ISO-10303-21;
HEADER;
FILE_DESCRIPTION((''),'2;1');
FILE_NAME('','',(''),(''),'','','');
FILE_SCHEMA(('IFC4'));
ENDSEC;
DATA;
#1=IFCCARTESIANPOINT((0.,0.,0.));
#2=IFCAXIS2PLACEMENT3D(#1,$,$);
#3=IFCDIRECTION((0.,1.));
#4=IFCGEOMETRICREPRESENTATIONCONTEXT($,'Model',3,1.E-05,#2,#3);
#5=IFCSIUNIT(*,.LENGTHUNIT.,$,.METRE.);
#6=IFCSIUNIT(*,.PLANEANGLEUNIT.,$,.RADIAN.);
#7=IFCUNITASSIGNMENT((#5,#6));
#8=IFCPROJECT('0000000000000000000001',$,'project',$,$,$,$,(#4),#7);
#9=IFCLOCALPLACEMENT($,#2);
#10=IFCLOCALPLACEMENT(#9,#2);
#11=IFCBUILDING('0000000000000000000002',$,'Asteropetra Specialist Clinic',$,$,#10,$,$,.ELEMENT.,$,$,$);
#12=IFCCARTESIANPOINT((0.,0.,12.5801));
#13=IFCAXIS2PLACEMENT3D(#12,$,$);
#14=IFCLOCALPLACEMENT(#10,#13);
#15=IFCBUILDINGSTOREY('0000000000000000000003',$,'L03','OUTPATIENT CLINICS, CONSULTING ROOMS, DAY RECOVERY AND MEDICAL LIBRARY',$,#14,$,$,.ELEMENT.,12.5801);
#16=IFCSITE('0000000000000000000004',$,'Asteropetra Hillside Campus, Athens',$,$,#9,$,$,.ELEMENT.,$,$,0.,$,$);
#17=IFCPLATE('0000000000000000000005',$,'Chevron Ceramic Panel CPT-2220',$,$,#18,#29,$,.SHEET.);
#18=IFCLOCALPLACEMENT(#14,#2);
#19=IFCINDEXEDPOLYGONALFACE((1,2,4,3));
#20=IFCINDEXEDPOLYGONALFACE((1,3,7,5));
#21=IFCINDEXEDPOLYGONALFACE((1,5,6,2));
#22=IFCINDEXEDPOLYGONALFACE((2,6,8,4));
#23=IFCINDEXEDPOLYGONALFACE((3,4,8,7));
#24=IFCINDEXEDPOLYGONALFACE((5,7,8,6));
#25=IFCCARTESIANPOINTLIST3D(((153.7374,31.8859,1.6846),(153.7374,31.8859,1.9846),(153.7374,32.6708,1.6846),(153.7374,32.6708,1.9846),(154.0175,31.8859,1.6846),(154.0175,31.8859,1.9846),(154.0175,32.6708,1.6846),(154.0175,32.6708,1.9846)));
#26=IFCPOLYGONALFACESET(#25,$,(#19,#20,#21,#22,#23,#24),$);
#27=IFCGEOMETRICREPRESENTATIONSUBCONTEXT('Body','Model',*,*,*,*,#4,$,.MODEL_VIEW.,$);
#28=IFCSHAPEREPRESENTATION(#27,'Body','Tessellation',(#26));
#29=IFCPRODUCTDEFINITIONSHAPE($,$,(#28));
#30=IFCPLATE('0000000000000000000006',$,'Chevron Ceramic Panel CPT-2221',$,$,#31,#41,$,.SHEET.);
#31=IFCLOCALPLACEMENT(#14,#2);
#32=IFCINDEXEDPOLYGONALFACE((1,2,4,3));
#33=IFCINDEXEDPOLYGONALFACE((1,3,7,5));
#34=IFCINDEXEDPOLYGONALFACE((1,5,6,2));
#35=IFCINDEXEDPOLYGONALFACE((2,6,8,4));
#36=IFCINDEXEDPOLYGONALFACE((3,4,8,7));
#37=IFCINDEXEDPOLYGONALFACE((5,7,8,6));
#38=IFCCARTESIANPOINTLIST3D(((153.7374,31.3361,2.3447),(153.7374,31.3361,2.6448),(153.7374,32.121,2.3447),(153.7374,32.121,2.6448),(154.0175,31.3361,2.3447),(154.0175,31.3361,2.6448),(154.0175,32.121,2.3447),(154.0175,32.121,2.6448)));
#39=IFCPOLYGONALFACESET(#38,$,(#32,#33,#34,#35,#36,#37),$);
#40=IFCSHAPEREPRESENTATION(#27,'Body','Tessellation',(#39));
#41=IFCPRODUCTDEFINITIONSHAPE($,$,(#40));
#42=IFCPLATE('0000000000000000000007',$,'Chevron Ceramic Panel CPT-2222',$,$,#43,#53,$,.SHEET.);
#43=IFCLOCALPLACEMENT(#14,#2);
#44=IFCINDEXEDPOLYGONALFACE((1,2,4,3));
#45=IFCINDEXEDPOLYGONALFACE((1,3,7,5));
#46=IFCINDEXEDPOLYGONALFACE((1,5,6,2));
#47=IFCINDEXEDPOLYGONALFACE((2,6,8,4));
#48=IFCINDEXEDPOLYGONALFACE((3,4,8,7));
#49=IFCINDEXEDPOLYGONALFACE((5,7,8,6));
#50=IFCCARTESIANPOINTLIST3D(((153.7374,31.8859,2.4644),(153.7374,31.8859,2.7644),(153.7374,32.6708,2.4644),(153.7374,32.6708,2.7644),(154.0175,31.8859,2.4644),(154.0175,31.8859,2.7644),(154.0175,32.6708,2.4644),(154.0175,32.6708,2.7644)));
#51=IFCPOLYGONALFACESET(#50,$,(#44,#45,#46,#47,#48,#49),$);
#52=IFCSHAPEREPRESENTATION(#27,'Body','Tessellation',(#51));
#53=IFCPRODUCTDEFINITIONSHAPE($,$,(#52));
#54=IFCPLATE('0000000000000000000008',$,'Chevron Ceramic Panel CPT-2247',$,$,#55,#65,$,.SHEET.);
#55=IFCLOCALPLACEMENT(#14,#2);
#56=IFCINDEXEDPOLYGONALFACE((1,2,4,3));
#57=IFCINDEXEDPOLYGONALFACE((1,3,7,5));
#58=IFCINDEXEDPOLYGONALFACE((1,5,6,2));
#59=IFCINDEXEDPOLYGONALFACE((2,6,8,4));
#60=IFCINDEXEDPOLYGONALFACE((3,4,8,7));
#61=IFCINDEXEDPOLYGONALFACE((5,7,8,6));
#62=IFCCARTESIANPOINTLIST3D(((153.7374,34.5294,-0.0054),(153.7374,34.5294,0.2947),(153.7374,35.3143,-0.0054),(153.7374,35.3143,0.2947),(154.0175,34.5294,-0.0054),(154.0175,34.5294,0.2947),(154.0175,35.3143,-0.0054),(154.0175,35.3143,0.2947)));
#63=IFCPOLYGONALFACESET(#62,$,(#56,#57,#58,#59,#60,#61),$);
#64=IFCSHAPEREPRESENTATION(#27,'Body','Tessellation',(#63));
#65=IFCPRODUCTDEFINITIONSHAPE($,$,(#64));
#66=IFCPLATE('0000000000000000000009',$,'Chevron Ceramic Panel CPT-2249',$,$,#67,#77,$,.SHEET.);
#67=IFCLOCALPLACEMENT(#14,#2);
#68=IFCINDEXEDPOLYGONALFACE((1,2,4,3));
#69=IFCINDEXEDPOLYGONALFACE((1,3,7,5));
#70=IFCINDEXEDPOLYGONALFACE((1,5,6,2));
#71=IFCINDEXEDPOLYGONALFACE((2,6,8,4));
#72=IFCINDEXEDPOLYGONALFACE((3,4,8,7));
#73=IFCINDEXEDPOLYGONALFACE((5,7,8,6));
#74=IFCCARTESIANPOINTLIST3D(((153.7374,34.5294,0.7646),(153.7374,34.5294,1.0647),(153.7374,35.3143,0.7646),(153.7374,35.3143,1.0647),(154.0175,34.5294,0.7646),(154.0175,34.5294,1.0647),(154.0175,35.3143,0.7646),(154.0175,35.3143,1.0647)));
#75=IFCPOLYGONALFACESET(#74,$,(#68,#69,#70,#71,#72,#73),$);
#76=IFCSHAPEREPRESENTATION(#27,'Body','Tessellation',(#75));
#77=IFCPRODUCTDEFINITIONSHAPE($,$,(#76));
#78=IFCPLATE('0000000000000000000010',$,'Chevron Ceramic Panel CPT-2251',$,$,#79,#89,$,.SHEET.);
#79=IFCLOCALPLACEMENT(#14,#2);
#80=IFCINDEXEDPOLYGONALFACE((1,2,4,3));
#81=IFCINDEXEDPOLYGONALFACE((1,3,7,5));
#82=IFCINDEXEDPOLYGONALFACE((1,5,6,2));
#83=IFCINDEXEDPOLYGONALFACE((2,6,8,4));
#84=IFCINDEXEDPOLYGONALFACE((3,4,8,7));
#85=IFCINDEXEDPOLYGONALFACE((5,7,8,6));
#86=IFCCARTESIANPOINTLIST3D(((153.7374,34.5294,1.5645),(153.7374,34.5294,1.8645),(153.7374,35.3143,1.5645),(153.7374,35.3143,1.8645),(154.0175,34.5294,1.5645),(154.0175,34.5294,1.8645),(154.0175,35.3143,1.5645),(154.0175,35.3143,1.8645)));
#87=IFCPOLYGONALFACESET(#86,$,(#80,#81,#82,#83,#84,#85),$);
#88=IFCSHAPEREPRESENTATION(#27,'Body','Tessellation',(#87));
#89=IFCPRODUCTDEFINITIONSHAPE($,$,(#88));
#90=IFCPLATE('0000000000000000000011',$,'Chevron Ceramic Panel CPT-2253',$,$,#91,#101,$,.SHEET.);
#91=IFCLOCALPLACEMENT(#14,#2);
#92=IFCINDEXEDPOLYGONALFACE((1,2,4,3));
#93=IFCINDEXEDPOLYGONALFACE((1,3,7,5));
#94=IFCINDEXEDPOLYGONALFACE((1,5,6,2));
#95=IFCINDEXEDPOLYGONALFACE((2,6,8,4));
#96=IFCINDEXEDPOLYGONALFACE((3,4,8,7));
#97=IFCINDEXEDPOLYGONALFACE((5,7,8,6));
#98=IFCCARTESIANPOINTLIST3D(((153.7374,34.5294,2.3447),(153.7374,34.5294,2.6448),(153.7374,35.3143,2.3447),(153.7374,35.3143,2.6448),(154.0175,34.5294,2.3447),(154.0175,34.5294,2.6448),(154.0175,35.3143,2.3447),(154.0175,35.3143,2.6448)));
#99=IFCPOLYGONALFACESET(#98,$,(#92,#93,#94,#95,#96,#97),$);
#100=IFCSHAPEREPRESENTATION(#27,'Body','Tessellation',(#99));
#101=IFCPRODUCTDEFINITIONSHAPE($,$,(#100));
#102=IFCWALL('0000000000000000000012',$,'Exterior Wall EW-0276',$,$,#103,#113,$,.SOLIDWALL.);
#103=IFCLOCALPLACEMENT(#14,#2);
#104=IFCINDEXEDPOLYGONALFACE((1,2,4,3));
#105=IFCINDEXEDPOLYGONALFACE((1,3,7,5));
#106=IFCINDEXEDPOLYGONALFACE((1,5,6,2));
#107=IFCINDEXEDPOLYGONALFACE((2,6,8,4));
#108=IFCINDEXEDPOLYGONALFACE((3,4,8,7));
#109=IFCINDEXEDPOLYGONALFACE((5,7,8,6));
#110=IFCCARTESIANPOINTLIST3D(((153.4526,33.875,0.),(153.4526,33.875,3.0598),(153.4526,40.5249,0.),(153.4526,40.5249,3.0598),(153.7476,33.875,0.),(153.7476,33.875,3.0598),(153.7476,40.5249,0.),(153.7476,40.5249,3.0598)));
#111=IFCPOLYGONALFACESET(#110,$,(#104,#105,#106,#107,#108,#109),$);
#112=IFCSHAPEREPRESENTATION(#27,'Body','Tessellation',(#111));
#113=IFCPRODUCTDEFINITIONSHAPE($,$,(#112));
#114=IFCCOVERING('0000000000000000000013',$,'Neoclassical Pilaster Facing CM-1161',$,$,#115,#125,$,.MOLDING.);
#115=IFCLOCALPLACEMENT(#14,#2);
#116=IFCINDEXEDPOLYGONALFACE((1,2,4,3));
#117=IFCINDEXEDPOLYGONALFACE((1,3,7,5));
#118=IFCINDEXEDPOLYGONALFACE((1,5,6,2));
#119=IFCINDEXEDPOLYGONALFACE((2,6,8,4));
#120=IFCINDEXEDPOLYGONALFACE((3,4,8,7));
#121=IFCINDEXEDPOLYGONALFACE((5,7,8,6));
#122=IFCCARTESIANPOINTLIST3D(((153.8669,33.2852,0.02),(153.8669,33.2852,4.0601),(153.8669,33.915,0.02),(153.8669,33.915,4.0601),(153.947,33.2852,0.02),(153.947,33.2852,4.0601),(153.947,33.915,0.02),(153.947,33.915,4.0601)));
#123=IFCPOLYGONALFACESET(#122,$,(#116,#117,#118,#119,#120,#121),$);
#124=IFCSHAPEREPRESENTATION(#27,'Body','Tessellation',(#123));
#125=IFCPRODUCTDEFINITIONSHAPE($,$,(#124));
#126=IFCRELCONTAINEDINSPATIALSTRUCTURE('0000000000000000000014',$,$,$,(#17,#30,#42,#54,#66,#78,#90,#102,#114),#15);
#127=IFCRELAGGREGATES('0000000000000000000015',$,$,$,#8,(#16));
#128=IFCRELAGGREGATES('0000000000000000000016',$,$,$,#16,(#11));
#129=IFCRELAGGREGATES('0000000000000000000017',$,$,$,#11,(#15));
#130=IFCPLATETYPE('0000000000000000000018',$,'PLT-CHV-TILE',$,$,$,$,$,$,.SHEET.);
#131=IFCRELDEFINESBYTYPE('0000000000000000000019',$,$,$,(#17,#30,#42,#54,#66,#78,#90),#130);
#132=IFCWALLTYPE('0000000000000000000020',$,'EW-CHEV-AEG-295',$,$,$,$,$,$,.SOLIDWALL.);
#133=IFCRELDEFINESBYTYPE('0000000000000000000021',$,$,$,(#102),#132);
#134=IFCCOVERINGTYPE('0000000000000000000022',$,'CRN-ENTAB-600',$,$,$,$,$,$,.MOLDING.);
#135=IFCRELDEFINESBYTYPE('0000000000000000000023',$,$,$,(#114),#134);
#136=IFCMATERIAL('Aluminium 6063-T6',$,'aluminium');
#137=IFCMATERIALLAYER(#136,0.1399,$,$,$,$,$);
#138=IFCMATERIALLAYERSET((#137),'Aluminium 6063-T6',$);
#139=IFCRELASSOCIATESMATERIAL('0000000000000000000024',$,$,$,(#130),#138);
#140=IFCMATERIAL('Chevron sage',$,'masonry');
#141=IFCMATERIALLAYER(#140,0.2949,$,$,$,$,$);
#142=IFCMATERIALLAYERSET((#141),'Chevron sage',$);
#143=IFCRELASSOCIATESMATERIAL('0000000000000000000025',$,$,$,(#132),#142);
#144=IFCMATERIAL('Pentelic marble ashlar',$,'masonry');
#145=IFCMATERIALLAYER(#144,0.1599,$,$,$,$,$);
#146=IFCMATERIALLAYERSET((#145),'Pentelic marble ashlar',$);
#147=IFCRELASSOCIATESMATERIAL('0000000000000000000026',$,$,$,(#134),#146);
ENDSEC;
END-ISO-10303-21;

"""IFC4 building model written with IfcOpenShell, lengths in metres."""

from ifc_helpers import new_model, si_unit, direction, frame, frame_2d, origin, origin_2d, place, context, subcontext, project, spatial, rectangle, extrude, material, layer, layer_set, type_object, element, save


model = new_model("IFC4")

# Units and contexts
model_context = context("Model", 3, precision=1e-05, world=origin(), true_north=direction((0.0, 1.0)))
body_context = subcontext(model_context, "Body", "Model", "MODEL_VIEW")
ifc_project = project(units=[si_unit("LENGTHUNIT", "METRE"), si_unit("PLANEANGLEUNIT", "RADIAN")], contexts=[model_context])

# Site, building, storey
site_placement = place(None, origin())
site = spatial("IfcSite", under=ifc_project, at=site_placement, Name="Asteropetra Hillside Campus, Athens", CompositionType="ELEMENT", RefElevation=0.0)
building_placement = place(site_placement, origin())
building = spatial("IfcBuilding", under=site, at=building_placement, Name="Asteropetra Specialist Clinic", CompositionType="ELEMENT")
storey_placement = place(building_placement, frame((0.0, 0.0, 12.5801)))
storey = spatial("IfcBuildingStorey", under=building, at=storey_placement, Name="L03", Description="OUTPATIENT CLINICS, CONSULTING ROOMS, DAY RECOVERY AND MEDICAL LIBRARY", CompositionType="ELEMENT", Elevation=12.5801)

# Plates
ifc_material_1 = material(Name="Aluminium 6063-T6", Category="aluminium")
ifc_layer_1 = layer(ifc_material_1, 0.1399)
ifc_layer_set_1 = layer_set([ifc_layer_1], Name="Aluminium 6063-T6")
plate_type_1 = type_object("IfcPlateType", Name="PLT-CHV-TILE", PredefinedType="SHEET", material=ifc_layer_set_1)
for number, where, z_axis, x_axis, name in (
    (1, (153.8774, 32.2783, 1.6846), (0.0, 0.0, 1.0), (1.0, 0.0, 0.0), "Chevron Ceramic Panel CPT-2220"),
    (2, (153.8774, 31.7285, 2.3447), (0.0, 0.0, 1.0), (1.0, 0.0, 0.0), "Chevron Ceramic Panel CPT-2221"),
    (3, (153.8774, 32.2783, 2.4644), (0.0, 0.0, 1.0), (1.0, 0.0, 0.0), "Chevron Ceramic Panel CPT-2222"),
    (4, (153.8774, 34.9219, -0.0054), (0.0, 0.0, 1.0), (1.0, 0.0, 0.0), "Chevron Ceramic Panel CPT-2247"),
    (5, (153.8774, 34.9219, 0.7646), (0.0, 0.0, 1.0), (1.0, 0.0, 0.0), "Chevron Ceramic Panel CPT-2249"),
    (6, (153.8774, 34.9219, 1.5645), (0.0, 0.0, 1.0), (1.0, 0.0, 0.0), "Chevron Ceramic Panel CPT-2251"),
    (7, (153.8774, 34.9219, 2.3447), (0.0, 0.0, 1.0), (1.0, 0.0, 0.0), "Chevron Ceramic Panel CPT-2253"),
):
    element("IfcPlate", number, at=place(storey_placement, frame(where, z_axis=z_axis, x_axis=x_axis)), inside=storey, type_object=plate_type_1, Name=name, PredefinedType="SHEET", context=body_context, shape_type="SweptSolid", body=[
        extrude(rectangle(XDim=0.28, YDim=0.7849, at=origin_2d()), origin(), (0.0, 0.0, 1.0), 0.3),
    ])

# Wall
ifc_material_2 = material(Name="Chevron sage", Category="masonry")
ifc_layer_2 = layer(ifc_material_2, 0.2949)
ifc_layer_set_2 = layer_set([ifc_layer_2], Name="Chevron sage")
wall_type = type_object("IfcWallType", Name="EW-CHEV-AEG-295", PredefinedType="SOLIDWALL", material=ifc_layer_set_2)
wall_placement = place(storey_placement, frame((153.6001, 33.875, 0.0), z_axis=(0.0, 0.0, 1.0), x_axis=(0.0, 1.0, 0.0)))
element("IfcWall", 8, at=wall_placement, inside=storey, type_object=wall_type, Name="Exterior Wall EW-0276", PredefinedType="SOLIDWALL", context=body_context, shape_type="SweptSolid", body=[
    extrude(rectangle(XDim=6.6499, YDim=0.2949, at=frame_2d((3.325, 0.0))), origin(), (0.0, 0.0, 1.0), 3.0598),
])

# Covering
ifc_material_3 = material(Name="Pentelic marble ashlar", Category="masonry")
ifc_layer_3 = layer(ifc_material_3, 0.1599)
ifc_layer_set_3 = layer_set([ifc_layer_3], Name="Pentelic marble ashlar")
covering_type = type_object("IfcCoveringType", Name="CRN-ENTAB-600", PredefinedType="MOLDING", material=ifc_layer_set_3)
covering_placement = place(storey_placement, frame((153.907, 33.6001, 0.02), z_axis=(0.0, 0.0, 1.0), x_axis=(1.0, 0.0, 0.0)))
element("IfcCovering", 9, at=covering_placement, inside=storey, type_object=covering_type, Name="Neoclassical Pilaster Facing CM-1161", PredefinedType="MOLDING", context=body_context, shape_type="SweptSolid", body=[
    extrude(rectangle(XDim=0.0801, YDim=0.6299, at=origin_2d()), origin(), (0.0, 0.0, 1.0), 4.04),
])

save(model, "model.ifc")
